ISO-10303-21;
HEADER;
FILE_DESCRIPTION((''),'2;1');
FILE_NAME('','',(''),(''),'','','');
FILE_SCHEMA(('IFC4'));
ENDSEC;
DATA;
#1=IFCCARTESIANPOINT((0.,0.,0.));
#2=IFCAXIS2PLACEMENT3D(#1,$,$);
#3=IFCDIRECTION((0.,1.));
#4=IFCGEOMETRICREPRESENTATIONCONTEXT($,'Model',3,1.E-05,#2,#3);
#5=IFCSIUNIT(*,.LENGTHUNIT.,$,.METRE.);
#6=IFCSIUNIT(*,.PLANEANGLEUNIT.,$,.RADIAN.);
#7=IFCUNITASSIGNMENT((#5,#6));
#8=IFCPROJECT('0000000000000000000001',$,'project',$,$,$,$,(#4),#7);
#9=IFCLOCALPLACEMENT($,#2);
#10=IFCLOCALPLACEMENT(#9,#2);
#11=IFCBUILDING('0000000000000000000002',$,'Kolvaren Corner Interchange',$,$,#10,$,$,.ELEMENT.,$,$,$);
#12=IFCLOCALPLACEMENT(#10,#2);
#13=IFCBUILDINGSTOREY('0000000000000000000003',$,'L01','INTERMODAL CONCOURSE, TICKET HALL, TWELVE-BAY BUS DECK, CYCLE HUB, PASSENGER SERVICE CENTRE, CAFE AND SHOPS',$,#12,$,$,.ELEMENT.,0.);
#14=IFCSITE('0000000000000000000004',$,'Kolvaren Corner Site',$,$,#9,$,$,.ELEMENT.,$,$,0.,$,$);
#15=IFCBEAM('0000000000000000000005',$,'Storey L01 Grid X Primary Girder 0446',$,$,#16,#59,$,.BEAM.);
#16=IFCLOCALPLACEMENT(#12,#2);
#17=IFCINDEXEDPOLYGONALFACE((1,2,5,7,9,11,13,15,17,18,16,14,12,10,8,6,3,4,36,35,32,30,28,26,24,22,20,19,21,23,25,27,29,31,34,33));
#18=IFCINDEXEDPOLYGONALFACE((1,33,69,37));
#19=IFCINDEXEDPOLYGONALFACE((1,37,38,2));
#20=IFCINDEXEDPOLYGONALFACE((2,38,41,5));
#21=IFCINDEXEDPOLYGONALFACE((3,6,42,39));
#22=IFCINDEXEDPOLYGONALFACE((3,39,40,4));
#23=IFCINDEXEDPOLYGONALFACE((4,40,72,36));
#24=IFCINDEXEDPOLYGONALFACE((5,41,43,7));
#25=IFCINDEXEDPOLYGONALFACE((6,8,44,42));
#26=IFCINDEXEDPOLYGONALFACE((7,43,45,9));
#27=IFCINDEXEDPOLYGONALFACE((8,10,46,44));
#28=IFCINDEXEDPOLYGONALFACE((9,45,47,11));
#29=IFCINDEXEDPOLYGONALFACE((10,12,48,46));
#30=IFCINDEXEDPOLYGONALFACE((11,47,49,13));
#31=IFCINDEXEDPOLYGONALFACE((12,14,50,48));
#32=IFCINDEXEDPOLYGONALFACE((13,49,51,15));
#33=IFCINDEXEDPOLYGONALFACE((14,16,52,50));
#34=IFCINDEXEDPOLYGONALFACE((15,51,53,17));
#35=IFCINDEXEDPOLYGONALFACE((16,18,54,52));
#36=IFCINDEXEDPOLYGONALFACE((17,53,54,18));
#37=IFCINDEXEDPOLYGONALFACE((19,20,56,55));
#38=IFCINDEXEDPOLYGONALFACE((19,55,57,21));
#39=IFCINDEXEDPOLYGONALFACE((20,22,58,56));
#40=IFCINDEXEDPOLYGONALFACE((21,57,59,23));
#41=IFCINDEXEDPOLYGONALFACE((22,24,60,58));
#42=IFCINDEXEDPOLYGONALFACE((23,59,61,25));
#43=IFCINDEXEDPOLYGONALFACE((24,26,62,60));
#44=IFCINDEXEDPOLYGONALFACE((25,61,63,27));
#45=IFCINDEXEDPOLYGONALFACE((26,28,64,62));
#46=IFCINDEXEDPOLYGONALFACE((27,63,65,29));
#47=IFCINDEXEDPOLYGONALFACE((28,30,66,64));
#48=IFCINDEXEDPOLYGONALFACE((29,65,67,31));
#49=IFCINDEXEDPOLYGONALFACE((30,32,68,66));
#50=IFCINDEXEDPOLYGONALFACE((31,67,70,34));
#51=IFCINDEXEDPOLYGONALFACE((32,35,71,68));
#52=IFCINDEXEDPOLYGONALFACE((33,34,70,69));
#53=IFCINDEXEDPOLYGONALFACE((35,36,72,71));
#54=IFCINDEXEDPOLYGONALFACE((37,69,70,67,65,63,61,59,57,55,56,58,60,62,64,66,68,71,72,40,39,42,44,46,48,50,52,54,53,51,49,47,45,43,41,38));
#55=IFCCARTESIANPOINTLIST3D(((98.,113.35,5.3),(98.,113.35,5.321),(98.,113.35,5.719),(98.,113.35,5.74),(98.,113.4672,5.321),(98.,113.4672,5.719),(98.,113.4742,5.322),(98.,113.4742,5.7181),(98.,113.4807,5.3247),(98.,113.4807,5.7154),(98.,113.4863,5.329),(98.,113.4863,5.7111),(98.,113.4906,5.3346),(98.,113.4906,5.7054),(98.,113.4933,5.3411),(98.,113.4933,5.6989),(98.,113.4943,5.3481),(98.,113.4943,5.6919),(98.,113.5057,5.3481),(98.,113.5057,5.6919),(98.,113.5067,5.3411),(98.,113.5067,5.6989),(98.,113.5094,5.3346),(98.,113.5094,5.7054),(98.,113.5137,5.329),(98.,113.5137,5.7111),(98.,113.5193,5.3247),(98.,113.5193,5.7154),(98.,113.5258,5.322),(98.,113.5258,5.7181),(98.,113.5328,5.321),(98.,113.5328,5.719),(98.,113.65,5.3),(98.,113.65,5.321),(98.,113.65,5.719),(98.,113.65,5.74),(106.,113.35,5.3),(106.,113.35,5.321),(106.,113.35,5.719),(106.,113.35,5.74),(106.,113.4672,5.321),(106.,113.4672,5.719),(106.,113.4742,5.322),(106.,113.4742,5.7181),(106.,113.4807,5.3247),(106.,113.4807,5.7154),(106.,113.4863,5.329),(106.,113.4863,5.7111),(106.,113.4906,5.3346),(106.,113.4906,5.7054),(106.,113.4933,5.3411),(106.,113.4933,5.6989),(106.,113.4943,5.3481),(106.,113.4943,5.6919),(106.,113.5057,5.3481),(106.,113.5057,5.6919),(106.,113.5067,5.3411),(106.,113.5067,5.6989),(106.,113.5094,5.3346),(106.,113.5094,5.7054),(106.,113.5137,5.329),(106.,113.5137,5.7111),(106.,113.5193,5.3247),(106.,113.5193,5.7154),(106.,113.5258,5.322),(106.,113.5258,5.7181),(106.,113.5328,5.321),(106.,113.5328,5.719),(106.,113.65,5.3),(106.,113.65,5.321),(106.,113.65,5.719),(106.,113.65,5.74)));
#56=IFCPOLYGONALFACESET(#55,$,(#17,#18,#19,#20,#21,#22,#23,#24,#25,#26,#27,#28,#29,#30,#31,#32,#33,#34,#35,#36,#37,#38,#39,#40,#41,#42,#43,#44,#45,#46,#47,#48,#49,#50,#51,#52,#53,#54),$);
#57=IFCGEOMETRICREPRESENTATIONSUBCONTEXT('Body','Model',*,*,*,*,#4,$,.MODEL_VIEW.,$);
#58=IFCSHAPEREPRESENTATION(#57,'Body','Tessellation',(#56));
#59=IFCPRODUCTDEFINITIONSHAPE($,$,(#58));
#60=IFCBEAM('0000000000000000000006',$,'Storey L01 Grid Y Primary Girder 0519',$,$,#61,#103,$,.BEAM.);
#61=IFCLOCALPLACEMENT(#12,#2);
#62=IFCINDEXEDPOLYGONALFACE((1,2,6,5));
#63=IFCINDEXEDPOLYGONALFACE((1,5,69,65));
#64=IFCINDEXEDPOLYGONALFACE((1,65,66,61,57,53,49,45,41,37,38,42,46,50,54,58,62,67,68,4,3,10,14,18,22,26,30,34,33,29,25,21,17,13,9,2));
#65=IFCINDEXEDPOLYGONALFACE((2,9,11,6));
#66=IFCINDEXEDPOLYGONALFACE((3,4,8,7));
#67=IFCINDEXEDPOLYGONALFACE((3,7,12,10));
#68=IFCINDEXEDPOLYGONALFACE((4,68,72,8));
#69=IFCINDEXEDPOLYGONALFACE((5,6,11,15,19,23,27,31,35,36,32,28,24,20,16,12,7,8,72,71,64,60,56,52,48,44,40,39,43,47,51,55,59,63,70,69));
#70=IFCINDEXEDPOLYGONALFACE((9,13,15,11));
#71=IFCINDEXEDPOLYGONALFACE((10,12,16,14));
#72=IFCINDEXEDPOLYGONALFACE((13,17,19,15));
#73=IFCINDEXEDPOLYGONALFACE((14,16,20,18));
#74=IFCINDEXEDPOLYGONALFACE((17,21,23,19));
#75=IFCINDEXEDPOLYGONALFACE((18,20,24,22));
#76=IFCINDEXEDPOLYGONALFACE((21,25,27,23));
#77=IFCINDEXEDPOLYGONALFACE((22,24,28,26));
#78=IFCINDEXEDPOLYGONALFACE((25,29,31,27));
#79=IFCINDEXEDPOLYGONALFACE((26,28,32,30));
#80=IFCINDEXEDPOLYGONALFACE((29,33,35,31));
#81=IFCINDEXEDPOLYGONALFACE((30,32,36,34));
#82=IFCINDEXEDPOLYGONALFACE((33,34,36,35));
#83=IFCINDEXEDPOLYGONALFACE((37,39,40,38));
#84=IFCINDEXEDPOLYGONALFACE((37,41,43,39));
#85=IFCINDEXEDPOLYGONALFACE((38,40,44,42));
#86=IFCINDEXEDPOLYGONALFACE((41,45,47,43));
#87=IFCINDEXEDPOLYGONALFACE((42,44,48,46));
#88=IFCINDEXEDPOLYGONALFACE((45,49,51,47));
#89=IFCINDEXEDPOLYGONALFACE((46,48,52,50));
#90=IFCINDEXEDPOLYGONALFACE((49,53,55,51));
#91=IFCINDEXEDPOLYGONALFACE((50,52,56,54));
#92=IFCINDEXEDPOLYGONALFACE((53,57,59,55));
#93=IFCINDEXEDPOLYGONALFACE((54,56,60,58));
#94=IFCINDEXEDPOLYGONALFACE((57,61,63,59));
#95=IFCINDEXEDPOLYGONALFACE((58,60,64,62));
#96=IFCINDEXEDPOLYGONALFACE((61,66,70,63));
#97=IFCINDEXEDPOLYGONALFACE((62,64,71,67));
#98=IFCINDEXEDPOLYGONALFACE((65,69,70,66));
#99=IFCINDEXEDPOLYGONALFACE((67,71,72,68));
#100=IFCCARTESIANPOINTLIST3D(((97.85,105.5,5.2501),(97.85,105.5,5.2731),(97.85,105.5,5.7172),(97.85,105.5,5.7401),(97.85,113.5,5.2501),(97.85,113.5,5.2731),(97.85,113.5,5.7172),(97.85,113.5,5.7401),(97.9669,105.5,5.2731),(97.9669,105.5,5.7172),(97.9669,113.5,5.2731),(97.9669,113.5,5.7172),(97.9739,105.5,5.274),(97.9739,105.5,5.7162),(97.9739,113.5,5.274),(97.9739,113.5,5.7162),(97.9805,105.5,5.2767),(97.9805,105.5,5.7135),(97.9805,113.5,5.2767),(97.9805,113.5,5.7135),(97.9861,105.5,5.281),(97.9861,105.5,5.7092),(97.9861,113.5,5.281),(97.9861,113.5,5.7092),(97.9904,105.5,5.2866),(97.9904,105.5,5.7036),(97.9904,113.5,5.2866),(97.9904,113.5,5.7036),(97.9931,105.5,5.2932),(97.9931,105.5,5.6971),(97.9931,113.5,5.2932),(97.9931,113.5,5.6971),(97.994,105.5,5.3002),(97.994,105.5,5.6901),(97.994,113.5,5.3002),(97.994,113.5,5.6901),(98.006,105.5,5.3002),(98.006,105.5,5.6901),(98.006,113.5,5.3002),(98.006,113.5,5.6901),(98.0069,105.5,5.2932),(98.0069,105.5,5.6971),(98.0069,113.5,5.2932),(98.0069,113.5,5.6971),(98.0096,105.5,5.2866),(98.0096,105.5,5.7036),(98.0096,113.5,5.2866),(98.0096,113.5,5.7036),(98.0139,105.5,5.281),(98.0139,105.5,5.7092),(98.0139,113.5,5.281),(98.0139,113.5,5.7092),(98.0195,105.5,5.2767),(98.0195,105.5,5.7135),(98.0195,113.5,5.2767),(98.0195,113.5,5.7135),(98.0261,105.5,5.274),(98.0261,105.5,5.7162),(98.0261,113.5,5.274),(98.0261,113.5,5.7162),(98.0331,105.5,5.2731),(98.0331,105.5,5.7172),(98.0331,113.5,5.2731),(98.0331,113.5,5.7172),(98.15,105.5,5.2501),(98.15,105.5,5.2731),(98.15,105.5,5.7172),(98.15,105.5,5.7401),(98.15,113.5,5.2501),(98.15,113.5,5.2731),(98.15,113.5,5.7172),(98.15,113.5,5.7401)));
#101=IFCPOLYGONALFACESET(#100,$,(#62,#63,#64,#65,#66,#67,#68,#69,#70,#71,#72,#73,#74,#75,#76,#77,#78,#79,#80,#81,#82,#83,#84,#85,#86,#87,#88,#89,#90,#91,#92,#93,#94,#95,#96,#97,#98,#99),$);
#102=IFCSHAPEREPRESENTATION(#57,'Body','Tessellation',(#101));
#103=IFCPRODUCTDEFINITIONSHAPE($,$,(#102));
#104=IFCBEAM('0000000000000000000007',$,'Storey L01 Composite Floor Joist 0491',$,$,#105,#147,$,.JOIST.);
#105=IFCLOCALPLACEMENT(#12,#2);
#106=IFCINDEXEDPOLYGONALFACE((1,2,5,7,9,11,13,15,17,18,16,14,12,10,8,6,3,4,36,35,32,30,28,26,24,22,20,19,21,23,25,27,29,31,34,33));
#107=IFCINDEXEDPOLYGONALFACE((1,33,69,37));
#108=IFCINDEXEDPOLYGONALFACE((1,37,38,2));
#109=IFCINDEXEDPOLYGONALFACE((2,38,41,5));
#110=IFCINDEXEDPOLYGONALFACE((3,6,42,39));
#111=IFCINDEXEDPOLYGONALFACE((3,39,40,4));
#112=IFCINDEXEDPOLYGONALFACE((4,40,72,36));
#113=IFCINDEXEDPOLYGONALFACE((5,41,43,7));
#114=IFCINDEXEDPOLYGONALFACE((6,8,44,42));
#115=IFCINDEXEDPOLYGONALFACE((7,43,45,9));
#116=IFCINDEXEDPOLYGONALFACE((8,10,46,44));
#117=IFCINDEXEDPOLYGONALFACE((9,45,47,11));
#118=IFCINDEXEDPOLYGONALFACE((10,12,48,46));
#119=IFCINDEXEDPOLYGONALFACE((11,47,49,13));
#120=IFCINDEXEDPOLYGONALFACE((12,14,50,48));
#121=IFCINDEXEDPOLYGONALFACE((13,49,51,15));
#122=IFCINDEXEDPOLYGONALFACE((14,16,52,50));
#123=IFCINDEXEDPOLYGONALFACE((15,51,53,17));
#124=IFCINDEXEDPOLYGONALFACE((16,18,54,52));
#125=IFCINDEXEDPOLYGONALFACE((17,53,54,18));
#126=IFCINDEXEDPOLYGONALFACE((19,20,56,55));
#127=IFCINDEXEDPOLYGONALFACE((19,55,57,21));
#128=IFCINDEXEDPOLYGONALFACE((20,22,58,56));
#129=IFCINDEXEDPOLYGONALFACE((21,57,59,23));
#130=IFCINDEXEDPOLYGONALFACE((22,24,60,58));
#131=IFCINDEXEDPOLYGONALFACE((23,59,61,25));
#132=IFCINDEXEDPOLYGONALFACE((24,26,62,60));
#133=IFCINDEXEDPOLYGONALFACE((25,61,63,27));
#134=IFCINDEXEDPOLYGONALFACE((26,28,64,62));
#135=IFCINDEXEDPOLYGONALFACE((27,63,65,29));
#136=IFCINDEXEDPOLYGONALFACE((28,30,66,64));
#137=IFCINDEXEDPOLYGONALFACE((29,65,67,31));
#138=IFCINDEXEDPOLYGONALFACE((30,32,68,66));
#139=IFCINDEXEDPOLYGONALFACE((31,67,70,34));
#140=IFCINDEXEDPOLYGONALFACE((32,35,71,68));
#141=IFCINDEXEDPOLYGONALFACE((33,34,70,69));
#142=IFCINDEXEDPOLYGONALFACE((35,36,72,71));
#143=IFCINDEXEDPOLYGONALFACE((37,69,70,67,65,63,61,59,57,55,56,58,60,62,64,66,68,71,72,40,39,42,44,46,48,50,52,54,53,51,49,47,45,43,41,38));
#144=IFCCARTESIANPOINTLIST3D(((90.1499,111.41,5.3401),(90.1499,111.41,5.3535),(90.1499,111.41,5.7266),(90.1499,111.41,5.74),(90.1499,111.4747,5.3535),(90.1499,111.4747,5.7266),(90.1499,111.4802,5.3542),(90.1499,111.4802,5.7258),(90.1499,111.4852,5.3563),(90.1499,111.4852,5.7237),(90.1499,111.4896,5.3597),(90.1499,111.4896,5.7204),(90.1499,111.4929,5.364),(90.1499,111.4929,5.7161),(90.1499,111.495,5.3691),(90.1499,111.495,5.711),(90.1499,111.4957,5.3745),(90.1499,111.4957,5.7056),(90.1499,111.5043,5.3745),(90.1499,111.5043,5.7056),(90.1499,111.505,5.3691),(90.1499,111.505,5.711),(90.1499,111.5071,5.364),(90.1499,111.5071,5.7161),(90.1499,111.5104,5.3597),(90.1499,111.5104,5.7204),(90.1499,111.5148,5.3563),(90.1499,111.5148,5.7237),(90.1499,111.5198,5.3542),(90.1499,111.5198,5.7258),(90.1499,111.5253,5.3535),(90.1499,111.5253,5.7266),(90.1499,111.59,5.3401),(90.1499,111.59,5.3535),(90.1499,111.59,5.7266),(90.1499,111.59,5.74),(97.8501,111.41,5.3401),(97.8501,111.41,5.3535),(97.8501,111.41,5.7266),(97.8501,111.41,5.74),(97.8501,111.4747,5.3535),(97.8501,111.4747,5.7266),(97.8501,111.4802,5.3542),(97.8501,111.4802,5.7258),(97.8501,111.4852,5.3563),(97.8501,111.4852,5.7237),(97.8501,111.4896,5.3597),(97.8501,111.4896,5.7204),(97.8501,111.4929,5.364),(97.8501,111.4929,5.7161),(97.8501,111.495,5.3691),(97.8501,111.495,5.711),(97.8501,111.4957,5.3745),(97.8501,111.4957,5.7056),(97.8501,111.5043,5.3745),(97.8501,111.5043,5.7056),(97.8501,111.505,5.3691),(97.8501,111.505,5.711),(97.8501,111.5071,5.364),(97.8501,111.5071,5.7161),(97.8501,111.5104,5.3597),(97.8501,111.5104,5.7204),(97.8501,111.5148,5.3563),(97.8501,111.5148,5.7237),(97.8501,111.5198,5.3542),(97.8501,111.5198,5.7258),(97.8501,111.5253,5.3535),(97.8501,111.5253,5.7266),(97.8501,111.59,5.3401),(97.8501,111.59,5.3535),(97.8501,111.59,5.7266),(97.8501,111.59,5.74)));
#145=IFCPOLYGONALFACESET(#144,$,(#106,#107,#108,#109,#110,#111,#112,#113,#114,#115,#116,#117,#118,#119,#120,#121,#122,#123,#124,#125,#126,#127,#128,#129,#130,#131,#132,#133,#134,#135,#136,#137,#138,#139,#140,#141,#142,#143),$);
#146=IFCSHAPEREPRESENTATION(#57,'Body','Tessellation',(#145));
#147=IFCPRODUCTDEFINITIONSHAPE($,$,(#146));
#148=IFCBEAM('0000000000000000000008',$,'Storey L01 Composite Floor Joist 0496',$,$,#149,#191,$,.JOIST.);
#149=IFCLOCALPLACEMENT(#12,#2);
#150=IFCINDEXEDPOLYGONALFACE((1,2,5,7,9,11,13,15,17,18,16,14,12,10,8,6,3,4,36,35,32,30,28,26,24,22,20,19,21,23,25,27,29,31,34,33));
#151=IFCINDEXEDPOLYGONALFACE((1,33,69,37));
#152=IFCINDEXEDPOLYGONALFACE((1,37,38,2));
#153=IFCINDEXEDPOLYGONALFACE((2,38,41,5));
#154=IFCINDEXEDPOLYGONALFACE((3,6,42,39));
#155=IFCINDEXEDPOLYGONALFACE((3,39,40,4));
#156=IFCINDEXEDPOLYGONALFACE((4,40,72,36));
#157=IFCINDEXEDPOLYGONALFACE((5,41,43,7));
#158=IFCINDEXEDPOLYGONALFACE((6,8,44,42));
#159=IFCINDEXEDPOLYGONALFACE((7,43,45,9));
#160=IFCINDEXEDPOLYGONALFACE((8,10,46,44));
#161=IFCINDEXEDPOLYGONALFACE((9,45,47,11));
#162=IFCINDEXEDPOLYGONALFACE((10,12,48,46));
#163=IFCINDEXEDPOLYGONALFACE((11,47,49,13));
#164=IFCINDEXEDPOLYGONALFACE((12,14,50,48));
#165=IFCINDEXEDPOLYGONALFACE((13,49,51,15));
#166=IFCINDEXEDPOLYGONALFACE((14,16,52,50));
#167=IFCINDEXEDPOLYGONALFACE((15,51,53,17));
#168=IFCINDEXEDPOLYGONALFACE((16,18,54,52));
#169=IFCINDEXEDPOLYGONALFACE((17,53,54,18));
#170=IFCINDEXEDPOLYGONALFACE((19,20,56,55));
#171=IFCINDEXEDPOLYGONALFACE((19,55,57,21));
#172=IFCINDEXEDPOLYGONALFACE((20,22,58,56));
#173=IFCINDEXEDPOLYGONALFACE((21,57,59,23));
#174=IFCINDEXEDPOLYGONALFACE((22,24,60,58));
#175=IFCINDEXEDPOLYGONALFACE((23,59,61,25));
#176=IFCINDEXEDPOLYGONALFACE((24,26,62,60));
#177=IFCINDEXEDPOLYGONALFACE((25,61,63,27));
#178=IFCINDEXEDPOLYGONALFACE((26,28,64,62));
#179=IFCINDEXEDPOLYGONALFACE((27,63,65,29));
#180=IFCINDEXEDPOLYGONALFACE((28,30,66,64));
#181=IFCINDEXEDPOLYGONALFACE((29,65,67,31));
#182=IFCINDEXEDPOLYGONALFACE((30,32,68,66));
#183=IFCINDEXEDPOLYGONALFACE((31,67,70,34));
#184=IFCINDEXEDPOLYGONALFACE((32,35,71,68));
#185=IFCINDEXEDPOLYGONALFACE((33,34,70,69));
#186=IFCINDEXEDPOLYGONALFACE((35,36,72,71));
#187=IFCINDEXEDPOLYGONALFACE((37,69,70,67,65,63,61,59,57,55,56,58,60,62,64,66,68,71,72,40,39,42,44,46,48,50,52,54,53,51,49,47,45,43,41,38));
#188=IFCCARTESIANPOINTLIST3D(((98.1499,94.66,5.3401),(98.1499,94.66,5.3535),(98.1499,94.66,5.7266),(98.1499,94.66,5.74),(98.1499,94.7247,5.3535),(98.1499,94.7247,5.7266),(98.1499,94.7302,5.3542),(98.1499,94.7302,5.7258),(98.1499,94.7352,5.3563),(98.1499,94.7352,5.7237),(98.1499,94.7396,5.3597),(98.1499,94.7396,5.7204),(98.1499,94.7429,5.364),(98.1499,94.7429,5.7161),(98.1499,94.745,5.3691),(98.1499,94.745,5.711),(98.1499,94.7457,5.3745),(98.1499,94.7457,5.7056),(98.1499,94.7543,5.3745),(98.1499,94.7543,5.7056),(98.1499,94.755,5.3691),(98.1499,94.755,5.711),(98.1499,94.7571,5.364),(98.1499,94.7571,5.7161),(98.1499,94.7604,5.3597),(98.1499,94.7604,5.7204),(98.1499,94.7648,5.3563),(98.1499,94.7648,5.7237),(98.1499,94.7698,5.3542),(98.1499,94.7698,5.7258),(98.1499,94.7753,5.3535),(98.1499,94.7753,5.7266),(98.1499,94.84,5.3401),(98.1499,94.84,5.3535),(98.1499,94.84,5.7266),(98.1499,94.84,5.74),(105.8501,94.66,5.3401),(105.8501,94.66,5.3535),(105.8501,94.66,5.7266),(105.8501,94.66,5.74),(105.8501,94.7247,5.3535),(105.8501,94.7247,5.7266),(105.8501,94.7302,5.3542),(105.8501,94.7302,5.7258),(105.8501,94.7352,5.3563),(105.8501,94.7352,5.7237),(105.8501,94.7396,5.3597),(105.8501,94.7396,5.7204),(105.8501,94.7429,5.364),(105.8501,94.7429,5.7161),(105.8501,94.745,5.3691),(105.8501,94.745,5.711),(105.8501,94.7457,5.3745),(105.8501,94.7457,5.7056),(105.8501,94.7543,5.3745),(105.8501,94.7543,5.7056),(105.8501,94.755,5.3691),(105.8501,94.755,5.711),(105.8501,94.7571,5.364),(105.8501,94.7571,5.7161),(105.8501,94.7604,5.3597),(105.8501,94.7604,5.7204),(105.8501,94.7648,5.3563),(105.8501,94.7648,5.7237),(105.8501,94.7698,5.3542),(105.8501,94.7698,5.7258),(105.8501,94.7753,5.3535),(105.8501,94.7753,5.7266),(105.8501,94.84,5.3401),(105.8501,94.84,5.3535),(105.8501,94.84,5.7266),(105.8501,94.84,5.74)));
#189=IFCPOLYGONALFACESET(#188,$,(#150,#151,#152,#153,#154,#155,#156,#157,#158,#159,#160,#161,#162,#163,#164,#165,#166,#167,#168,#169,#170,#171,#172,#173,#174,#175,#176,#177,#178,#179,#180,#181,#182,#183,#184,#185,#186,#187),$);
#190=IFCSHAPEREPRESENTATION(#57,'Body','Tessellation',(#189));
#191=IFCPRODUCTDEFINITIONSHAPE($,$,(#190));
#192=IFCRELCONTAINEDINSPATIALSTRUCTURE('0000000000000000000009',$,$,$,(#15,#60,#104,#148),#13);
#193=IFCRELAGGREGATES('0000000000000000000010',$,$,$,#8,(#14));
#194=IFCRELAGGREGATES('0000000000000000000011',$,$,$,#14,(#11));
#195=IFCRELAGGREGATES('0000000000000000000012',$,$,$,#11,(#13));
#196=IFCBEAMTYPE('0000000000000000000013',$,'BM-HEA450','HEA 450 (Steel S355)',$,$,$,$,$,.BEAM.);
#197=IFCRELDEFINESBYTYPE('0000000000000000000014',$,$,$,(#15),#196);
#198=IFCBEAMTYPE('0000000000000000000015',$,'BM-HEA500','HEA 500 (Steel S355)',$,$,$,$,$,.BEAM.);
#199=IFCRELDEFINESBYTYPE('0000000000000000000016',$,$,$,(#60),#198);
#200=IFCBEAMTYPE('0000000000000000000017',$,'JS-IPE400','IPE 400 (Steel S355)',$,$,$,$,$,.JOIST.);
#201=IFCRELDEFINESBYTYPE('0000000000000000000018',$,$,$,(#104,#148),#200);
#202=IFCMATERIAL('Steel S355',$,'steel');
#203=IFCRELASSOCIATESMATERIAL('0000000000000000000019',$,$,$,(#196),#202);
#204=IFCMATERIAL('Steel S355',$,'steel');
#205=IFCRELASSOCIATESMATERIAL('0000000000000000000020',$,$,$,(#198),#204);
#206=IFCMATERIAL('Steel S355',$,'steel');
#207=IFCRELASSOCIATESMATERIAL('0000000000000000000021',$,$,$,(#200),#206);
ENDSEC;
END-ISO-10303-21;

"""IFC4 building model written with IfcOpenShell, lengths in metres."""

from ifc_helpers import new_model, si_unit, direction, frame, origin, origin_2d, place, context, subcontext, project, spatial, i_section, extrude, material, material_profile, profile_set, type_object, element, save


model = new_model("IFC4")

# Units and contexts
model_context = context("Model", 3, precision=1e-05, world=origin(), true_north=direction((0.0, 1.0)))
body_context = subcontext(model_context, "Body", "Model", "MODEL_VIEW")
ifc_project = project(units=[si_unit("LENGTHUNIT", "METRE"), si_unit("PLANEANGLEUNIT", "RADIAN")], contexts=[model_context])

# Site, building, storey
site_placement = place(None, origin())
site = spatial("IfcSite", under=ifc_project, at=site_placement, Name="Kolvaren Corner Site", CompositionType="ELEMENT", RefElevation=0.0)
building_placement = place(site_placement, origin())
building = spatial("IfcBuilding", under=site, at=building_placement, Name="Kolvaren Corner Interchange", CompositionType="ELEMENT")
storey_placement = place(building_placement, origin())
storey = spatial("IfcBuildingStorey", under=building, at=storey_placement, Name="L01", Description="INTERMODAL CONCOURSE, TICKET HALL, TWELVE-BAY BUS DECK, CYCLE HUB, PASSENGER SERVICE CENTRE, CAFE AND SHOPS", CompositionType="ELEMENT", Elevation=0.0)

# Beams
ifc_material_1 = material(Name="Steel S355", Category="steel")
ifc_material_profile_1 = material_profile(ifc_material_1, i_section(OverallWidth=0.3, OverallDepth=0.4399, WebThickness=0.0115, FlangeThickness=0.021, FilletRadius=0.0271, at=origin_2d()), Name="HEA 450")
ifc_profile_set_1 = profile_set([ifc_material_profile_1], Name="Steel S355")
beam_type_1 = type_object("IfcBeamType", Name="BM-HEA450", Description="HEA 450 (Steel S355)", PredefinedType="BEAM", material=ifc_profile_set_1)
for number, where, z_axis, x_axis, name in (
    (1, (98.0, 113.5, 5.52), (1.0, 0.0, 0.0), (0.0, 1.0, 0.0), "Storey L01 Grid X Primary Girder 0446"),
):
    element("IfcBeam", number, at=place(storey_placement, frame(where, z_axis=z_axis, x_axis=x_axis)), inside=storey, type_object=beam_type_1, Name=name, PredefinedType="BEAM", context=body_context, shape_type="SweptSolid", body=[
        extrude(i_section(OverallWidth=0.3, OverallDepth=0.4399, WebThickness=0.0115, FlangeThickness=0.021, FilletRadius=0.0271, at=origin_2d()), origin(), (0.0, 0.0, 1.0), 8.0),
    ])
ifc_material_2 = material(Name="Steel S355", Category="steel")
ifc_material_profile_2 = material_profile(ifc_material_2, i_section(OverallWidth=0.3, OverallDepth=0.49, WebThickness=0.012, FlangeThickness=0.0229, FilletRadius=0.0271, at=origin_2d()), Name="HEA 500")
ifc_profile_set_2 = profile_set([ifc_material_profile_2], Name="Steel S355")
beam_type_2 = type_object("IfcBeamType", Name="BM-HEA500", Description="HEA 500 (Steel S355)", PredefinedType="BEAM", material=ifc_profile_set_2)
beam_1_placement = place(storey_placement, frame((98.0, 105.5, 5.4951), z_axis=(0.0, 1.0, 0.0), x_axis=(-1.0, 0.0, 0.0)))
element("IfcBeam", 2, at=beam_1_placement, inside=storey, type_object=beam_type_2, Name="Storey L01 Grid Y Primary Girder 0519", PredefinedType="BEAM", context=body_context, shape_type="SweptSolid", body=[
    extrude(i_section(OverallWidth=0.3, OverallDepth=0.49, WebThickness=0.012, FlangeThickness=0.0229, FilletRadius=0.0271, at=origin_2d()), origin(), (0.0, 0.0, 1.0), 8.0),
])
ifc_material_3 = material(Name="Steel S355", Category="steel")
ifc_material_profile_3 = material_profile(ifc_material_3, i_section(OverallWidth=0.1799, OverallDepth=0.3999, WebThickness=0.0085, FlangeThickness=0.0134, FilletRadius=0.021, at=origin_2d()), Name="IPE 400")
ifc_profile_set_3 = profile_set([ifc_material_profile_3], Name="Steel S355")
beam_type_3 = type_object("IfcBeamType", Name="JS-IPE400", Description="IPE 400 (Steel S355)", PredefinedType="JOIST", material=ifc_profile_set_3)
for number, where, z_axis, x_axis, name in (
    (3, (90.1499, 111.5, 5.54), (1.0, 0.0, 0.0), (0.0, 1.0, 0.0), "Storey L01 Composite Floor Joist 0491"),
    (4, (98.1499, 94.75, 5.54), (1.0, 0.0, 0.0), (0.0, 1.0, 0.0), "Storey L01 Composite Floor Joist 0496"),
):
    element("IfcBeam", number, at=place(storey_placement, frame(where, z_axis=z_axis, x_axis=x_axis)), inside=storey, type_object=beam_type_3, Name=name, PredefinedType="JOIST", context=body_context, shape_type="SweptSolid", body=[
        extrude(i_section(OverallWidth=0.1799, OverallDepth=0.3999, WebThickness=0.0085, FlangeThickness=0.0134, FilletRadius=0.021, at=origin_2d()), origin(), (0.0, 0.0, 1.0), 7.7002),
    ])

save(model, "model.ifc")
